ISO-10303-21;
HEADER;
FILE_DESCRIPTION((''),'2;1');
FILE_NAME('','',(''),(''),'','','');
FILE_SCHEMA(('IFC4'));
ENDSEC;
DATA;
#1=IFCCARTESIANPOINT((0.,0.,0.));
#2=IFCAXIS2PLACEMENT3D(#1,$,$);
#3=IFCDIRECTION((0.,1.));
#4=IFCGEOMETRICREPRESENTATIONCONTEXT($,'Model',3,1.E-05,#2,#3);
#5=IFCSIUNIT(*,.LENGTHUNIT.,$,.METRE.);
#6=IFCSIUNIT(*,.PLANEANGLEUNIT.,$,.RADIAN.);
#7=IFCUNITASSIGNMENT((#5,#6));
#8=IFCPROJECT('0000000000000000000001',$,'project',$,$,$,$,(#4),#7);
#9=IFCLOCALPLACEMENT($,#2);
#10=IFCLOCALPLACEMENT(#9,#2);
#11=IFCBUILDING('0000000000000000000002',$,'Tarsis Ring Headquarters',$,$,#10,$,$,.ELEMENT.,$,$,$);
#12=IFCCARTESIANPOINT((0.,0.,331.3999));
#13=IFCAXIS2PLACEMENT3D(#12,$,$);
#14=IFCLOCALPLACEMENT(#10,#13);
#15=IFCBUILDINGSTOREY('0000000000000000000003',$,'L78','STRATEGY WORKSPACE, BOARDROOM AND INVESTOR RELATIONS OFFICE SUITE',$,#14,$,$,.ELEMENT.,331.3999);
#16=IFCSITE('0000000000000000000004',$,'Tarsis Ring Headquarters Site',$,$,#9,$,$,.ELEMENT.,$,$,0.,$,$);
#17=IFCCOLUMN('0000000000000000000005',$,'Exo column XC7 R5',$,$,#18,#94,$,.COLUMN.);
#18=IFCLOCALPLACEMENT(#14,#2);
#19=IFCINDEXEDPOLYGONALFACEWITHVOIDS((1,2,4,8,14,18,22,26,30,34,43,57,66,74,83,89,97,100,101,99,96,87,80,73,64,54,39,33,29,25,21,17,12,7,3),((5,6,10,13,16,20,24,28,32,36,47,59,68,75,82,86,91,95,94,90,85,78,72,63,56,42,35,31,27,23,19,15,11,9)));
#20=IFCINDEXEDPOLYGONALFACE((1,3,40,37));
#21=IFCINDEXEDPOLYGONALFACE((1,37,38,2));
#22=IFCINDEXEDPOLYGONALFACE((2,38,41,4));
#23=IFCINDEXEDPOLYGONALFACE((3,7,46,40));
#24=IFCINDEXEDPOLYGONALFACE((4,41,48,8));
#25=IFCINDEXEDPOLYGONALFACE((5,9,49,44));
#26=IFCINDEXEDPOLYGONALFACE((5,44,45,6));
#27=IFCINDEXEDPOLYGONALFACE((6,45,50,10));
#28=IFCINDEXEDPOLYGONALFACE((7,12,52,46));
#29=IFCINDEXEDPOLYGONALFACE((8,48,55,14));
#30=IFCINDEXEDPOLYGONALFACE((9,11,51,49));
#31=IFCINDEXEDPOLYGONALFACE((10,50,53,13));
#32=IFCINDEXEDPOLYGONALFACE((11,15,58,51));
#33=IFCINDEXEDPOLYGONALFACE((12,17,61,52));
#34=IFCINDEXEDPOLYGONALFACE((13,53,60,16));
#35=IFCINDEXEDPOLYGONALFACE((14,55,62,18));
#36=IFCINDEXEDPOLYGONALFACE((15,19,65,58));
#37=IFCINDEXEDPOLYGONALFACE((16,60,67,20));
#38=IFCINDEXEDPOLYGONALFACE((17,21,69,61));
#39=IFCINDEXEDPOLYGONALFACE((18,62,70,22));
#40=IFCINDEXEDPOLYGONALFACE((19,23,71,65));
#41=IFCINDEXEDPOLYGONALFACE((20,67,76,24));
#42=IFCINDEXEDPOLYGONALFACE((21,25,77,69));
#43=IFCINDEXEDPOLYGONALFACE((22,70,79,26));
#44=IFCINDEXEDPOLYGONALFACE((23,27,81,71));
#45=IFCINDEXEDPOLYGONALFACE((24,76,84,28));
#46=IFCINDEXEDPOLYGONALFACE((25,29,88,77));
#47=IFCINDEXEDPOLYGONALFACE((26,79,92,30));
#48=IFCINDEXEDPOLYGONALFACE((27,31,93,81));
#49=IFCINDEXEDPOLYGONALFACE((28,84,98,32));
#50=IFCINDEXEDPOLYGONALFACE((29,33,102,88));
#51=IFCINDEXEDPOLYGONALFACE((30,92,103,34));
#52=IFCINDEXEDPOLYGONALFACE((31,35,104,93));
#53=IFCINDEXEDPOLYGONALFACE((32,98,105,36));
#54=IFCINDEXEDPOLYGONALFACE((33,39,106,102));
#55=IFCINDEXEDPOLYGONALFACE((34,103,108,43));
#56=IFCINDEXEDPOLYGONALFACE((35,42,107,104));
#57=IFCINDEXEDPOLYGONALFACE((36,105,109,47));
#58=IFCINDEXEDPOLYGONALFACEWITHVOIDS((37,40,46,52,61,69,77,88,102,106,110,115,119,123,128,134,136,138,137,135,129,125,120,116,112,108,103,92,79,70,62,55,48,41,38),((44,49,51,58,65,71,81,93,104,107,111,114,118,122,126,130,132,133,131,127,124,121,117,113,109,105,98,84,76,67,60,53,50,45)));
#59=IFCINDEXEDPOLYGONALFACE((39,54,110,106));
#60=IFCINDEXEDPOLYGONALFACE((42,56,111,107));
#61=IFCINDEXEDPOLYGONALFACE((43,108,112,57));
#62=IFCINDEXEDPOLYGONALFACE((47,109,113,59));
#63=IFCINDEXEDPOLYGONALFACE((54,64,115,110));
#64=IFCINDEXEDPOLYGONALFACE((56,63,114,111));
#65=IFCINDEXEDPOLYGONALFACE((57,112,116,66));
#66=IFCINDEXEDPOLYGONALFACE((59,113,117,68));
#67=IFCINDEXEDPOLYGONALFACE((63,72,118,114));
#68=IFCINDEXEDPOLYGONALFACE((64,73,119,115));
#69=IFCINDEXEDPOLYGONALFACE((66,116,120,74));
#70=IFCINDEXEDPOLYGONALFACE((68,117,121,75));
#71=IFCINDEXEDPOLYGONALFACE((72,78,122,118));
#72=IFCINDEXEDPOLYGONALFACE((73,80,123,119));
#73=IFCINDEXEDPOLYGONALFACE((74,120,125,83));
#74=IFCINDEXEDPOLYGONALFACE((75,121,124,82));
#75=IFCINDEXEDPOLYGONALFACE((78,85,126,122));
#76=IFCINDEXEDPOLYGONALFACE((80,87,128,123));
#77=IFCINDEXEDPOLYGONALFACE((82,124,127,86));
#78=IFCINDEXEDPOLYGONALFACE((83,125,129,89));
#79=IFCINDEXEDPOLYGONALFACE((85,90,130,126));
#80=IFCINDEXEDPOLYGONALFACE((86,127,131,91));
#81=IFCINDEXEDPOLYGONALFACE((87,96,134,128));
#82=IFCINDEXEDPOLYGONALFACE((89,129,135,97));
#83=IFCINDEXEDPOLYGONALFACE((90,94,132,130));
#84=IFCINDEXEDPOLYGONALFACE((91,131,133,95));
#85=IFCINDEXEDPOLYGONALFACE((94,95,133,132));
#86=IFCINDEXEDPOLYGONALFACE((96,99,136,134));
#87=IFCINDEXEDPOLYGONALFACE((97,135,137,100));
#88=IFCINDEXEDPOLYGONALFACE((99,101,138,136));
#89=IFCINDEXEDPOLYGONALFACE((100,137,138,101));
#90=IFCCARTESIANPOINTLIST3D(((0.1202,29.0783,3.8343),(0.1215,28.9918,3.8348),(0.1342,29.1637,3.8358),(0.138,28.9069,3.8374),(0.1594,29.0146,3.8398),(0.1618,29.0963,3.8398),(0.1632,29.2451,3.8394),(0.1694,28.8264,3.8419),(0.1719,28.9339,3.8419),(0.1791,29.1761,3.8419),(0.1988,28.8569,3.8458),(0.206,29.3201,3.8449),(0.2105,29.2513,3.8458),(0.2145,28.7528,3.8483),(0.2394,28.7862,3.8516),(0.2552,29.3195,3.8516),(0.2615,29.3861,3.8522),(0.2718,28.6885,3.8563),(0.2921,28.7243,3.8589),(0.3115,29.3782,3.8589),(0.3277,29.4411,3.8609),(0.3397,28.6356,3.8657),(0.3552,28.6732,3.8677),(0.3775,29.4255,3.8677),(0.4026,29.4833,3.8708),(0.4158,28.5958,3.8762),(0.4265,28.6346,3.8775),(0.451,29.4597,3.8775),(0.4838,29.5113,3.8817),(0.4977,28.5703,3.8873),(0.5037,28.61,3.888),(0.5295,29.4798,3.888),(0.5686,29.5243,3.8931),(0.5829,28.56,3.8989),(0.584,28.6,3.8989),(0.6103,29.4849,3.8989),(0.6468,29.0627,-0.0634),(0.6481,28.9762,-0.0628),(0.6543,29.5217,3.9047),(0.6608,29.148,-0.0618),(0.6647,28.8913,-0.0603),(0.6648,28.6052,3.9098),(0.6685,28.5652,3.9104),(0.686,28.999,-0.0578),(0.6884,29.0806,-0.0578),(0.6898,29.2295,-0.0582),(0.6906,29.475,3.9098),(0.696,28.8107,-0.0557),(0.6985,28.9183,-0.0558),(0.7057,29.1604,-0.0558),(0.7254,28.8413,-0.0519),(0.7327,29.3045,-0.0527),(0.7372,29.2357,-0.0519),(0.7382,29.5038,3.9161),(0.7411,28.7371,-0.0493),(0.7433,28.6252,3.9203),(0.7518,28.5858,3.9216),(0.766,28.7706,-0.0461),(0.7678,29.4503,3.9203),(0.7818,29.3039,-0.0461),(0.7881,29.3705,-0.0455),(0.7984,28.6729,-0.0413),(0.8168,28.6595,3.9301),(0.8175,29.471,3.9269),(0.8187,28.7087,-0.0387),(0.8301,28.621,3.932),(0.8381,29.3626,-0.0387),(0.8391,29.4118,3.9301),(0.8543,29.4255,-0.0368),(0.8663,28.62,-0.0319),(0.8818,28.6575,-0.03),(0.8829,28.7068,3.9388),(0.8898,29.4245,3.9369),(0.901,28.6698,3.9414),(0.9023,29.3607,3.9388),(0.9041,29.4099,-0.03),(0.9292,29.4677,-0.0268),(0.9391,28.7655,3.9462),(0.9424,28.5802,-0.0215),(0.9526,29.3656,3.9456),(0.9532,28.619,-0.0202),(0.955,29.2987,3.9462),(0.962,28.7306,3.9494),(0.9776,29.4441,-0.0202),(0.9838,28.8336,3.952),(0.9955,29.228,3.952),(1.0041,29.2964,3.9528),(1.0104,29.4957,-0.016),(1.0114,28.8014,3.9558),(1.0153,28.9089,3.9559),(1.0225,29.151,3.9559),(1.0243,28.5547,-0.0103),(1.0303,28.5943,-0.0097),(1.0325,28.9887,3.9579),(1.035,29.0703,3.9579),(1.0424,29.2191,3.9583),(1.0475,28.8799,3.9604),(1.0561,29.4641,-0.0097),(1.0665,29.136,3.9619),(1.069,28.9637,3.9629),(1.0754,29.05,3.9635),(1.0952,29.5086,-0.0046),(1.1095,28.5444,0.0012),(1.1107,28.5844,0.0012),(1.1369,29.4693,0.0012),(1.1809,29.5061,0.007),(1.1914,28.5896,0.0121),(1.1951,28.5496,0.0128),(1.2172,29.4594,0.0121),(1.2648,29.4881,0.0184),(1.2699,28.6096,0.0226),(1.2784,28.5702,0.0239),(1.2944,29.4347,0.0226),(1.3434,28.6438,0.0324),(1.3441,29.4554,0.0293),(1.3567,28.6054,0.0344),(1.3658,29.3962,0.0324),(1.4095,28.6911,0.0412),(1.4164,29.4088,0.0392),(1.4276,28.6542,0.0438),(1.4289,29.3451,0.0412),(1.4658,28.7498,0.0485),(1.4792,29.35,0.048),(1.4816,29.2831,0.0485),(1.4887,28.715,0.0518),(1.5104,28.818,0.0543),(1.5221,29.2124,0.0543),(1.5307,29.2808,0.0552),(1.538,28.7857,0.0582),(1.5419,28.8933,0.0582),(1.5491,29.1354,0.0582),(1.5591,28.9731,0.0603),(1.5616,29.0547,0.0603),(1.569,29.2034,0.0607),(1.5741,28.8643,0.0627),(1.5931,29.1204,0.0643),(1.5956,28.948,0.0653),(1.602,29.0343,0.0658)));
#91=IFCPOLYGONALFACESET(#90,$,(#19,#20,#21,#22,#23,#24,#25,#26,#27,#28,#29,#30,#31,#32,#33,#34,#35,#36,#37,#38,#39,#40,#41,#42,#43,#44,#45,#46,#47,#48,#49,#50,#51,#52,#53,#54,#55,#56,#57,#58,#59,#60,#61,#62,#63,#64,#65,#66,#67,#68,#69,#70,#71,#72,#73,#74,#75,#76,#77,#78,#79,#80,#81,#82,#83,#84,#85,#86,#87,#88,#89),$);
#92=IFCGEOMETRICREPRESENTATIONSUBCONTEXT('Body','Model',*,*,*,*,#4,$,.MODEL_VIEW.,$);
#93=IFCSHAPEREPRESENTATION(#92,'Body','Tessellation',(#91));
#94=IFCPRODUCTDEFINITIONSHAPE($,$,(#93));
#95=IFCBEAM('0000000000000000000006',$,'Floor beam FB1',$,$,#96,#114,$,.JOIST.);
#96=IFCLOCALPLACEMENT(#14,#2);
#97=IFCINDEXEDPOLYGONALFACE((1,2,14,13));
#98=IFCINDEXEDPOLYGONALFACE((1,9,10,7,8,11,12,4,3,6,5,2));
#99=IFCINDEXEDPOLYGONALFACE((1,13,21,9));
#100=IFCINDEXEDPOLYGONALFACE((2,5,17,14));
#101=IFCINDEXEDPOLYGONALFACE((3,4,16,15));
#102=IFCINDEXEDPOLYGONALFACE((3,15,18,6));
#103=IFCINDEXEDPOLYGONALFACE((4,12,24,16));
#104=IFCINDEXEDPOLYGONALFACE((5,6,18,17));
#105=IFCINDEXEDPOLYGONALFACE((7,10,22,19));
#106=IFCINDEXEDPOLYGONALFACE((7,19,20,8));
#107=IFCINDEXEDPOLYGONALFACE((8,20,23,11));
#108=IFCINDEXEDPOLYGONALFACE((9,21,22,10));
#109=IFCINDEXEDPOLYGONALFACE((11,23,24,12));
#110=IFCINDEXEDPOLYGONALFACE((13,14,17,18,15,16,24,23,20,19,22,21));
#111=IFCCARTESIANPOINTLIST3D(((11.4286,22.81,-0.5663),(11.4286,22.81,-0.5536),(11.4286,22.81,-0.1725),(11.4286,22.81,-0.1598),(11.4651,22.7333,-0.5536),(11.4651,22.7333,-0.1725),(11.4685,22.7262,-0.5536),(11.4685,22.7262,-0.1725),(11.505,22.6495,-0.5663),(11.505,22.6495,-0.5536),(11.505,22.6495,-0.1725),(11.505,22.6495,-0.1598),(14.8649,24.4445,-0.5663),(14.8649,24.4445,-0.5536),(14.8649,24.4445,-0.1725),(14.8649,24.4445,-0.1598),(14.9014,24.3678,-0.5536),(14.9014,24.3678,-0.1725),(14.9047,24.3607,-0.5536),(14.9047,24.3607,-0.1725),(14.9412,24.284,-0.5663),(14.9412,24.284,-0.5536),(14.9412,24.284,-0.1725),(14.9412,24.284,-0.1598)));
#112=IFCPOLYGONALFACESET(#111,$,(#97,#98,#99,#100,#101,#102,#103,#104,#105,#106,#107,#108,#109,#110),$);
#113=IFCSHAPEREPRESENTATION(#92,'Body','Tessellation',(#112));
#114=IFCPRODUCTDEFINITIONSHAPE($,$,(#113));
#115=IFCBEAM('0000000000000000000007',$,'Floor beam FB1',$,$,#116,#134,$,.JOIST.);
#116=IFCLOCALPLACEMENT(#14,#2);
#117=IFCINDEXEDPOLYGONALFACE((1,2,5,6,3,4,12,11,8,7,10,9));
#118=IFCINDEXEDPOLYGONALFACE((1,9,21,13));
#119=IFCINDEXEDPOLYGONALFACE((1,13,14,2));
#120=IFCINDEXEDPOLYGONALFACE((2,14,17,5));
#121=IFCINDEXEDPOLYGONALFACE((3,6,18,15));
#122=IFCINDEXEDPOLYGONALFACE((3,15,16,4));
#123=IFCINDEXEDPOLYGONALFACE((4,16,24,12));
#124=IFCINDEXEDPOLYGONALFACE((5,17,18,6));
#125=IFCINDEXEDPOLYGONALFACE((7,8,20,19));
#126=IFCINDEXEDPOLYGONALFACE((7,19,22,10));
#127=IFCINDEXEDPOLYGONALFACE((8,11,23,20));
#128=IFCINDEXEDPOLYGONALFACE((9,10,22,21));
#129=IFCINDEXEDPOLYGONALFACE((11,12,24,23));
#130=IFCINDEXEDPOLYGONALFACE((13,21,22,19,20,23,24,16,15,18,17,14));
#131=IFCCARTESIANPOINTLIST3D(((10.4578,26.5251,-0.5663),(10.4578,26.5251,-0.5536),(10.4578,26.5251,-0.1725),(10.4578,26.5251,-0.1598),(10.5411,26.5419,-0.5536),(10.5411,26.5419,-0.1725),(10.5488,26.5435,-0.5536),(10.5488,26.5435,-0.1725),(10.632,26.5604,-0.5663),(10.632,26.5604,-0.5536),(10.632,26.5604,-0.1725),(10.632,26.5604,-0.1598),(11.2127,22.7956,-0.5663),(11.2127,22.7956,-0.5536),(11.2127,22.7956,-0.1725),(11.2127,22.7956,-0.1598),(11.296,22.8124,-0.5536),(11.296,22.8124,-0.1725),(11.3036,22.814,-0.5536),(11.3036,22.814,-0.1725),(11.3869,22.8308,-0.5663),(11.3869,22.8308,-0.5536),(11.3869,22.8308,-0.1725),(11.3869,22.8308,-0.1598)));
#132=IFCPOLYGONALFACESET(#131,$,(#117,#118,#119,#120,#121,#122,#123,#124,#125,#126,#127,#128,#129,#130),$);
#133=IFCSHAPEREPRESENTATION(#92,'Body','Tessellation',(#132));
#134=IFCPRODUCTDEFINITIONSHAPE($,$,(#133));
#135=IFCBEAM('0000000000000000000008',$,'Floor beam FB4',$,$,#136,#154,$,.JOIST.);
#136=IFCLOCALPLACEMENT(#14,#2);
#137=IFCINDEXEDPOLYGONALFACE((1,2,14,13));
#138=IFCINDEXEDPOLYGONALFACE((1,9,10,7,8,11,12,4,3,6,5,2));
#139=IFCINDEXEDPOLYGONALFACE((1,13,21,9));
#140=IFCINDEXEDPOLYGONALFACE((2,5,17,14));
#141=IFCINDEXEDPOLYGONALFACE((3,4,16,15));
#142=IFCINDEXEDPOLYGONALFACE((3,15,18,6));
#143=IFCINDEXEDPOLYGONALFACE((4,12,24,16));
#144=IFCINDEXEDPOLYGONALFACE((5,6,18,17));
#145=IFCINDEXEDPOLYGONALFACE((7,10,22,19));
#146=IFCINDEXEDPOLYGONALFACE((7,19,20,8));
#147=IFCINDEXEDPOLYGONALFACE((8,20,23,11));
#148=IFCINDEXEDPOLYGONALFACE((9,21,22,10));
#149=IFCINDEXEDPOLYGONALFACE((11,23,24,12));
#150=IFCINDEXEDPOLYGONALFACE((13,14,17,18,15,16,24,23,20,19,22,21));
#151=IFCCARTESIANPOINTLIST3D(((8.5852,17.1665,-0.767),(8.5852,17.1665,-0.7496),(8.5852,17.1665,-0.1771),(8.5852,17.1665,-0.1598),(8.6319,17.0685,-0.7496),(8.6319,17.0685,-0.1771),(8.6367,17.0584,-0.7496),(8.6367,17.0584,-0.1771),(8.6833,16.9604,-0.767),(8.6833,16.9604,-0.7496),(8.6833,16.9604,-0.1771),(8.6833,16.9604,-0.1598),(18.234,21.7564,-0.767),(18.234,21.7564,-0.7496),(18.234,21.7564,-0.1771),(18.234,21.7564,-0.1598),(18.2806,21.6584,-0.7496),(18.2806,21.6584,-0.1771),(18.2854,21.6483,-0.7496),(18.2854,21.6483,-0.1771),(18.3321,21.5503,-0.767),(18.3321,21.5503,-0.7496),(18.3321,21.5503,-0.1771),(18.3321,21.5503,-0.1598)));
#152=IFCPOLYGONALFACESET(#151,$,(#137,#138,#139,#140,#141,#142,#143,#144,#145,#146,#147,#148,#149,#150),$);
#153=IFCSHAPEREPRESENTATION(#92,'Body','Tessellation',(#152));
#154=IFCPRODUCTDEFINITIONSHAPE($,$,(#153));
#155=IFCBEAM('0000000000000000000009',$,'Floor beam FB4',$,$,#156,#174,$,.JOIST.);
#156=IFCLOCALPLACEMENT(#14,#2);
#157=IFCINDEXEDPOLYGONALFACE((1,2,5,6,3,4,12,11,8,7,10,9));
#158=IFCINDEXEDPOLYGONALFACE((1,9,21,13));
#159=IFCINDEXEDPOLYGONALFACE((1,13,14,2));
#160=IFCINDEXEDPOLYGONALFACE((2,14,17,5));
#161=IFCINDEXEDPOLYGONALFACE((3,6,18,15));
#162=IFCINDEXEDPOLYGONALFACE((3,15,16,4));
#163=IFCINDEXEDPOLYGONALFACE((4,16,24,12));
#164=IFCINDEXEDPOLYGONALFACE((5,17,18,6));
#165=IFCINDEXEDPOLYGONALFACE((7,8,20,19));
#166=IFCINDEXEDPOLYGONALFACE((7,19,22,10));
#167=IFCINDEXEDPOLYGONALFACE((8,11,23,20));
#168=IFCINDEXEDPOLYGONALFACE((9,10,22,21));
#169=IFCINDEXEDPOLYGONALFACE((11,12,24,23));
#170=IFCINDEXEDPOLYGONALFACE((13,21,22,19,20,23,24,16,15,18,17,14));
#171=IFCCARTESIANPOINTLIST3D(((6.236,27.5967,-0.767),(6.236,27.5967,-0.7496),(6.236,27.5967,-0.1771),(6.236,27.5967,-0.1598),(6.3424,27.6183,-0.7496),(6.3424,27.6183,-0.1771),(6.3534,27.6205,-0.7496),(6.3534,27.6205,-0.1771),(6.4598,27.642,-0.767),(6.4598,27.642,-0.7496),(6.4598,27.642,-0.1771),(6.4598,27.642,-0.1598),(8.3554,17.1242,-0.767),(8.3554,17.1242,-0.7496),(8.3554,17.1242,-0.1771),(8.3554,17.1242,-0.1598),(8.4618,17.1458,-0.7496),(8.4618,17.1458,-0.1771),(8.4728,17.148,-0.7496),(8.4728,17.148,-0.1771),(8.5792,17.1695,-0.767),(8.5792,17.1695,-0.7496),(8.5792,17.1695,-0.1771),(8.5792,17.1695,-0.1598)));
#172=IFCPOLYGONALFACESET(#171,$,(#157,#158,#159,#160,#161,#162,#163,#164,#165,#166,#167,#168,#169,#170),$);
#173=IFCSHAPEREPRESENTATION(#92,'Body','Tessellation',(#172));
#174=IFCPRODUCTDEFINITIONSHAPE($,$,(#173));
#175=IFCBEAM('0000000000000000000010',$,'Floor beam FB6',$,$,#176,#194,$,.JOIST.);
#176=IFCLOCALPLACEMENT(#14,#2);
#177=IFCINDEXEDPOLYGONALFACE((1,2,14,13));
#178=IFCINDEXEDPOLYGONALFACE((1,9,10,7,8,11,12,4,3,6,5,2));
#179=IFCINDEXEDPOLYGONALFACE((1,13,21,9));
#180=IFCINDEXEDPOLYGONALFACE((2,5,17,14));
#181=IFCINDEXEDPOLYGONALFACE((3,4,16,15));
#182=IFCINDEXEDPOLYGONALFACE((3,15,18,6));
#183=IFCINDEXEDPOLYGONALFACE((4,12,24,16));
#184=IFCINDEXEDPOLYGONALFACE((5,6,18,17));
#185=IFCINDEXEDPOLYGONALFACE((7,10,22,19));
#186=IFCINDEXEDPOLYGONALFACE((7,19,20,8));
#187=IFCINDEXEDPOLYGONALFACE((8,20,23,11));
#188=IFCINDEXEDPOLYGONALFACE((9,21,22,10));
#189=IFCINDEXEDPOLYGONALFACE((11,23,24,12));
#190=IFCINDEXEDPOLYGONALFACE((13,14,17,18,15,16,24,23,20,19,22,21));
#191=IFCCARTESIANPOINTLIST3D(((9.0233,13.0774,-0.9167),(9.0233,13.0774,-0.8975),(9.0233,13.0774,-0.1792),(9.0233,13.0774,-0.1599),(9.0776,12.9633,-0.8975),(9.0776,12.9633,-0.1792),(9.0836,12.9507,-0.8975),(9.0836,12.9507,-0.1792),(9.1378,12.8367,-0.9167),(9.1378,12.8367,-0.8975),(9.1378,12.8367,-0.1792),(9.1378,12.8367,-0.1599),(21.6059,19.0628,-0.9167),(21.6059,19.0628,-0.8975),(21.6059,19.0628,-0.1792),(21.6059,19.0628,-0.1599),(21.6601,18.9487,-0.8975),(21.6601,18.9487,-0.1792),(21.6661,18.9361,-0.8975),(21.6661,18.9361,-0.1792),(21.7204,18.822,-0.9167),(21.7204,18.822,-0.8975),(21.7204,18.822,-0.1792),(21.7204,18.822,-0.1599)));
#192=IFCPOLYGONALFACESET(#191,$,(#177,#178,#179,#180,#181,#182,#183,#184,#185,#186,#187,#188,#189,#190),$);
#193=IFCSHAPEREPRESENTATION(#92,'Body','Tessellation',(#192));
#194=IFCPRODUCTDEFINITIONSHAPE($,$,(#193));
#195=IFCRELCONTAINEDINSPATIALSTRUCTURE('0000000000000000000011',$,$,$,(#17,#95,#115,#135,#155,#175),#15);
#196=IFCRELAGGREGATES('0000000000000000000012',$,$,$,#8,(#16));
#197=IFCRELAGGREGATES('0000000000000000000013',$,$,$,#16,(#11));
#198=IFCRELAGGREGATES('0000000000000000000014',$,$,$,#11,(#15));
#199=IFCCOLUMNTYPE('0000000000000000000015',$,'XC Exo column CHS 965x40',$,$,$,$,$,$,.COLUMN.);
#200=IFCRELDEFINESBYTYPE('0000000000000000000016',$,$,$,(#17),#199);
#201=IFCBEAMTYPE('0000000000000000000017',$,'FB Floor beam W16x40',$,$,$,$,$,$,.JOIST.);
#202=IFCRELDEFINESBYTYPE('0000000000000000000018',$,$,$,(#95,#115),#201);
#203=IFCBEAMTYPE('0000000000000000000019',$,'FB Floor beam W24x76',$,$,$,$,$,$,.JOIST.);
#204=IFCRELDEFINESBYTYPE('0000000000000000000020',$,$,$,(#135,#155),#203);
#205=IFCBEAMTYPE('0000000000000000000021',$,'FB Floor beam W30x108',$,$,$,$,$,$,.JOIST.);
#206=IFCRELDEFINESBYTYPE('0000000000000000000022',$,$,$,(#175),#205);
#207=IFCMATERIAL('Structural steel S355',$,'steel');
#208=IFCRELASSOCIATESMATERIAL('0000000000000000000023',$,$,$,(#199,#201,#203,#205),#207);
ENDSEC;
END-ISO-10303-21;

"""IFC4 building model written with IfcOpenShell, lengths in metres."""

from ifc_helpers import new_model, si_unit, direction, frame, origin, origin_2d, place, context, subcontext, project, spatial, hollow_circle, i_section, extrude, material, material_profile, profile_set, type_object, element, save


model = new_model("IFC4")

# Units and contexts
model_context = context("Model", 3, precision=1e-05, world=origin(), true_north=direction((0.0, 1.0)))
body_context = subcontext(model_context, "Body", "Model", "MODEL_VIEW")
ifc_project = project(units=[si_unit("LENGTHUNIT", "METRE"), si_unit("PLANEANGLEUNIT", "RADIAN")], contexts=[model_context])

# Site, building, storey
site_placement = place(None, origin())
site = spatial("IfcSite", under=ifc_project, at=site_placement, Name="Tarsis Ring Headquarters Site", CompositionType="ELEMENT", RefElevation=0.0)
building_placement = place(site_placement, origin())
building = spatial("IfcBuilding", under=site, at=building_placement, Name="Tarsis Ring Headquarters", CompositionType="ELEMENT")
storey_placement = place(building_placement, frame((0.0, 0.0, 331.3999)))
storey = spatial("IfcBuildingStorey", under=building, at=storey_placement, Name="L78", Description="STRATEGY WORKSPACE, BOARDROOM AND INVESTOR RELATIONS OFFICE SUITE", CompositionType="ELEMENT", Elevation=331.3999)

# Column
ifc_material_1 = material(Name="Structural steel S355", Category="steel")
ifc_material_profile_1 = material_profile(ifc_material_1, hollow_circle(Radius=0.4827, WallThickness=0.04, at=origin_2d()), Name="CHS 965x40")
ifc_profile_set_1 = profile_set([ifc_material_profile_1], Name="Structural steel S355")
column_type = type_object("IfcColumnType", Name="XC Exo column CHS 965x40", PredefinedType="COLUMN", material=ifc_profile_set_1)
column_placement = place(storey_placement, frame((1.1238, 29.0269, 0.0012), z_axis=(-0.13389, 0.003973, 0.990988), x_axis=(-0.029658, -0.99956, 0.0)))
element("IfcColumn", 1, at=column_placement, inside=storey, type_object=column_type, Name="Exo column XC7 R5", PredefinedType="COLUMN", context=body_context, shape_type="SweptSolid", body=[
    extrude(hollow_circle(Radius=0.4827, WallThickness=0.04, at=origin_2d()), origin(), (0.0, 0.0, 1.0), 3.9331),
])

# Beams
ifc_material_profile_2 = material_profile(ifc_material_1, i_section(OverallWidth=0.1777, OverallDepth=0.4065, WebThickness=0.0078, FlangeThickness=0.0127, at=origin_2d()), Name="W16x40")
ifc_profile_set_2 = profile_set([ifc_material_profile_2], Name="Structural steel S355")
beam_type_1 = type_object("IfcBeamType", Name="FB Floor beam W16x40", PredefinedType="JOIST", material=ifc_profile_set_2)
for number, where, z_axis, x_axis, name in (
    (2, (11.4668, 22.7297, -0.363), (0.903044, 0.429548, 0.0), (-0.429548, 0.903044, 0.0), "Floor beam FB1"),
    (3, (10.5449, 26.5427, -0.363), (0.198386, -0.980124, 0.0), (0.980124, 0.198386, 0.0), "Floor beam FB1"),
):
    element("IfcBeam", number, at=place(storey_placement, frame(where, z_axis=z_axis, x_axis=x_axis)), inside=storey, type_object=beam_type_1, Name=name, PredefinedType="JOIST", context=body_context, shape_type="SweptSolid", body=[
        extrude(i_section(OverallWidth=0.1777, OverallDepth=0.4065, WebThickness=0.0078, FlangeThickness=0.0127, at=origin_2d()), origin(), (0.0, 0.0, 1.0), 3.8052),
    ])
ifc_material_profile_3 = material_profile(ifc_material_1, i_section(OverallWidth=0.2283, OverallDepth=0.6072, WebThickness=0.0112, FlangeThickness=0.0173, at=origin_2d()), Name="W24x76")
ifc_profile_set_3 = profile_set([ifc_material_profile_3], Name="Structural steel S355")
beam_type_2 = type_object("IfcBeamType", Name="FB Floor beam W24x76", PredefinedType="JOIST", material=ifc_profile_set_3)
for number, where, z_axis, x_axis, name in (
    (4, (8.6343, 17.0635, -0.4634), (0.903034, 0.42957, 0.0), (-0.42957, 0.903034, 0.0), "Floor beam FB4"),
    (5, (6.3479, 27.6194, -0.4634), (0.198357, -0.98013, 0.0), (0.98013, 0.198357, 0.0), "Floor beam FB4"),
):
    element("IfcBeam", number, at=place(storey_placement, frame(where, z_axis=z_axis, x_axis=x_axis)), inside=storey, type_object=beam_type_2, Name=name, PredefinedType="JOIST", context=body_context, shape_type="SweptSolid", body=[
        extrude(i_section(OverallWidth=0.2283, OverallDepth=0.6072, WebThickness=0.0112, FlangeThickness=0.0173, at=origin_2d()), origin(), (0.0, 0.0, 1.0), 10.6848),
    ])
ifc_material_profile_4 = material_profile(ifc_material_1, i_section(OverallWidth=0.2666, OverallDepth=0.7568, WebThickness=0.0139, FlangeThickness=0.0193, at=origin_2d()), Name="W30x108")
ifc_profile_set_4 = profile_set([ifc_material_profile_4], Name="Structural steel S355")
beam_type_3 = type_object("IfcBeamType", Name="FB Floor beam W30x108", PredefinedType="JOIST", material=ifc_profile_set_4)
beam_1_placement = place(storey_placement, frame((9.0806, 12.957, -0.5383), z_axis=(0.903037, 0.429564, 0.0), x_axis=(-0.429564, 0.903037, 0.0)))
element("IfcBeam", 6, at=beam_1_placement, inside=storey, type_object=beam_type_3, Name="Floor beam FB6", PredefinedType="JOIST", context=body_context, shape_type="SweptSolid", body=[
    extrude(i_section(OverallWidth=0.2666, OverallDepth=0.7568, WebThickness=0.0139, FlangeThickness=0.0193, at=origin_2d()), origin(), (0.0, 0.0, 1.0), 13.9336),
])

save(model, "model.ifc")
